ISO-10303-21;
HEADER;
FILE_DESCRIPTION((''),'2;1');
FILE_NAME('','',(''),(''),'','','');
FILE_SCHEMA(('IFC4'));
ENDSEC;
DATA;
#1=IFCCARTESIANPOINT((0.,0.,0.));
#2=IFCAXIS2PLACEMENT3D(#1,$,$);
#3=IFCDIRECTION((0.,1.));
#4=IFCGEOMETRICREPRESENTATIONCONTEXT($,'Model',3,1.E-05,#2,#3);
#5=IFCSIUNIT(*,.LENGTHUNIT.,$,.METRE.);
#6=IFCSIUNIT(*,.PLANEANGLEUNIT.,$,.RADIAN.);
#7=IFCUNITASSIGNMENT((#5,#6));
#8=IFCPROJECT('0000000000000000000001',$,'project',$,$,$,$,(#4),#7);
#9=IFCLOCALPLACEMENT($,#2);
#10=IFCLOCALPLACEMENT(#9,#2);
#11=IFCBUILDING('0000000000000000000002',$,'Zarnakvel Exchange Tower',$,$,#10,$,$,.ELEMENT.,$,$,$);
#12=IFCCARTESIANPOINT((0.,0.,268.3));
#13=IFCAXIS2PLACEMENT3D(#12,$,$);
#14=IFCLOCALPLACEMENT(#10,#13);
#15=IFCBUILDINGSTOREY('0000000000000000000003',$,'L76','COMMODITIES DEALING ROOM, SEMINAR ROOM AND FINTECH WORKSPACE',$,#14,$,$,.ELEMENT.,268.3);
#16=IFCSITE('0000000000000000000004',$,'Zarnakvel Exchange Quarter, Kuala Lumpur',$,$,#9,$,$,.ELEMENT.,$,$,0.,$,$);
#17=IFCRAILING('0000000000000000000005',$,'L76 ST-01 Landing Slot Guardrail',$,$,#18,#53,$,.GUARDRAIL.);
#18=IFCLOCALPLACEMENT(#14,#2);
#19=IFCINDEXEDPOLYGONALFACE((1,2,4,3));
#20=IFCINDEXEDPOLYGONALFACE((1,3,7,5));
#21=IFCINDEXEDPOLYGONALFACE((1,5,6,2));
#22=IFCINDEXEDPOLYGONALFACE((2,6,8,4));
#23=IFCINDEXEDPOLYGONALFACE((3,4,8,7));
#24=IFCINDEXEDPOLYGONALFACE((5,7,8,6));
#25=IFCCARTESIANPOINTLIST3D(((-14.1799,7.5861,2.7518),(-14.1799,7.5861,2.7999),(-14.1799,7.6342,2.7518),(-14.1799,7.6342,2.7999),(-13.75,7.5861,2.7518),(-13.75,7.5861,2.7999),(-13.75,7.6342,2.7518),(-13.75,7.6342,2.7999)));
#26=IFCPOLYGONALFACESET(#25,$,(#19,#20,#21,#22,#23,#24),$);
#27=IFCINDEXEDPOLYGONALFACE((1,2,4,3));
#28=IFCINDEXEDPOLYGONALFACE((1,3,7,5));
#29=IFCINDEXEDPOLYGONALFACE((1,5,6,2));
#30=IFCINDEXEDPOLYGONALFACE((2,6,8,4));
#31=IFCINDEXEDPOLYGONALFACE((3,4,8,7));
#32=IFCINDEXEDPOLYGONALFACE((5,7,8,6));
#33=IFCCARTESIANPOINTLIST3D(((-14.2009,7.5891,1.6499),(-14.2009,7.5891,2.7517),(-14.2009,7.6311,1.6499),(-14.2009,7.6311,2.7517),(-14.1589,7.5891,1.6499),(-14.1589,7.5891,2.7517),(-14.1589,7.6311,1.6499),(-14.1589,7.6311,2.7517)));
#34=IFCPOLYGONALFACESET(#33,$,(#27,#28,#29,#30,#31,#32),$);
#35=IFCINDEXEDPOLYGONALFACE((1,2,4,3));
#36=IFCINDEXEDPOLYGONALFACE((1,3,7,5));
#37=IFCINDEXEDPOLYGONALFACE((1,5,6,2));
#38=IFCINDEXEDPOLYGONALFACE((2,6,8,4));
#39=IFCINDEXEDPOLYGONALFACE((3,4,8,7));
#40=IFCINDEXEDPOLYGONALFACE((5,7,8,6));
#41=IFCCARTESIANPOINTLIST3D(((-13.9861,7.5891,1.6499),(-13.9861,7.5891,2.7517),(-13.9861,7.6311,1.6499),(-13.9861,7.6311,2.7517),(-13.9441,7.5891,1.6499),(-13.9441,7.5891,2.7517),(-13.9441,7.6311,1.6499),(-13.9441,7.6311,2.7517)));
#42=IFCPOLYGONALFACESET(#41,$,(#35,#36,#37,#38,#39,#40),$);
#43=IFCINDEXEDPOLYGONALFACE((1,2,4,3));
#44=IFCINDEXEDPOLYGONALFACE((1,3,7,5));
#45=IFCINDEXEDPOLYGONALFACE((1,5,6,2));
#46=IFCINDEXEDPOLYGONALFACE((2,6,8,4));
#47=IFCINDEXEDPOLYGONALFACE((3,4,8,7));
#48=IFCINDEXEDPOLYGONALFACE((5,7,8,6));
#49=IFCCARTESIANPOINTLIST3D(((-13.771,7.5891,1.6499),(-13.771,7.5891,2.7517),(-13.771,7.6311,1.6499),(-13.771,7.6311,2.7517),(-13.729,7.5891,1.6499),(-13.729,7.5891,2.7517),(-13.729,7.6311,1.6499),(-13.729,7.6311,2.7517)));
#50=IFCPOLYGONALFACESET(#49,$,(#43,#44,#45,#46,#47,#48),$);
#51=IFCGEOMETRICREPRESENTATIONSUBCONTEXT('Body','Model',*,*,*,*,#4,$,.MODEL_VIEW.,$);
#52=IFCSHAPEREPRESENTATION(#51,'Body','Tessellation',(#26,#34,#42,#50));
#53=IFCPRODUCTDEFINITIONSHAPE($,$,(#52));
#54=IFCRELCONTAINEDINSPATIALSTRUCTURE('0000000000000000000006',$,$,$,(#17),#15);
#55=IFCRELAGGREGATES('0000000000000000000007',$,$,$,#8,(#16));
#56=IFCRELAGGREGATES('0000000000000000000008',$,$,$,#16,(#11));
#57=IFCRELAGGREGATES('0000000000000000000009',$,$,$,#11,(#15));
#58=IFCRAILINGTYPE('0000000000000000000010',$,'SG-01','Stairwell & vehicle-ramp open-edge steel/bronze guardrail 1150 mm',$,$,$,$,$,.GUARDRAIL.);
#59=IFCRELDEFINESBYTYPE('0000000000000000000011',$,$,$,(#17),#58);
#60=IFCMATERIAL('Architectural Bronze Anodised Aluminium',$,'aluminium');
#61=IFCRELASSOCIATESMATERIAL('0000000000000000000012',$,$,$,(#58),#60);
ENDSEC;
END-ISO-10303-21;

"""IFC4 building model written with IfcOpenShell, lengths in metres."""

from ifc_helpers import new_model, si_unit, direction, frame, origin, origin_2d, place, context, subcontext, project, spatial, rectangle, extrude, material, type_object, element, save


model = new_model("IFC4")

# Units and contexts
model_context = context("Model", 3, precision=1e-05, world=origin(), true_north=direction((0.0, 1.0)))
body_context = subcontext(model_context, "Body", "Model", "MODEL_VIEW")
ifc_project = project(units=[si_unit("LENGTHUNIT", "METRE"), si_unit("PLANEANGLEUNIT", "RADIAN")], contexts=[model_context])

# Site, building, storey
site_placement = place(None, origin())
site = spatial("IfcSite", under=ifc_project, at=site_placement, Name="Zarnakvel Exchange Quarter, Kuala Lumpur", CompositionType="ELEMENT", RefElevation=0.0)
building_placement = place(site_placement, origin())
building = spatial("IfcBuilding", under=site, at=building_placement, Name="Zarnakvel Exchange Tower", CompositionType="ELEMENT")
storey_placement = place(building_placement, frame((0.0, 0.0, 268.3)))
storey = spatial("IfcBuildingStorey", under=building, at=storey_placement, Name="L76", Description="COMMODITIES DEALING ROOM, SEMINAR ROOM AND FINTECH WORKSPACE", CompositionType="ELEMENT", Elevation=268.3)

# Shared definitions
ifc_material_1 = material(Name="Architectural Bronze Anodised Aluminium", Category="aluminium")

# Railing
railing_type_1 = type_object("IfcRailingType", Name="SG-01", Description="Stairwell & vehicle-ramp open-edge steel/bronze guardrail 1150 mm", PredefinedType="GUARDRAIL", material=ifc_material_1)
railing_1_placement = place(storey_placement, frame((-14.1799, 7.6101, 1.6499)))
element("IfcRailing", 1, at=railing_1_placement, inside=storey, type_object=railing_type_1, Name="L76 ST-01 Landing Slot Guardrail", PredefinedType="GUARDRAIL", context=body_context, shape_type="SweptSolid", body=[
    extrude(rectangle(XDim=0.0481, YDim=0.0481, at=origin_2d()), frame((0.0, 0.0, 1.126), z_axis=(1.0, 0.0, 0.0), x_axis=(0.0, 1.0, 0.0)), (0.0, 0.0, 1.0), 0.4299),
    extrude(rectangle(XDim=0.042, YDim=0.042, at=origin_2d()), origin(), (0.0, 0.0, 1.0), 1.1018),
    extrude(rectangle(XDim=0.042, YDim=0.042, at=origin_2d()), frame((0.2148, 0.0, 0.0)), (0.0, 0.0, 1.0), 1.1018),
    extrude(rectangle(XDim=0.042, YDim=0.042, at=origin_2d()), frame((0.4299, 0.0, 0.0)), (0.0, 0.0, 1.0), 1.1018),
])

save(model, "model.ifc")
